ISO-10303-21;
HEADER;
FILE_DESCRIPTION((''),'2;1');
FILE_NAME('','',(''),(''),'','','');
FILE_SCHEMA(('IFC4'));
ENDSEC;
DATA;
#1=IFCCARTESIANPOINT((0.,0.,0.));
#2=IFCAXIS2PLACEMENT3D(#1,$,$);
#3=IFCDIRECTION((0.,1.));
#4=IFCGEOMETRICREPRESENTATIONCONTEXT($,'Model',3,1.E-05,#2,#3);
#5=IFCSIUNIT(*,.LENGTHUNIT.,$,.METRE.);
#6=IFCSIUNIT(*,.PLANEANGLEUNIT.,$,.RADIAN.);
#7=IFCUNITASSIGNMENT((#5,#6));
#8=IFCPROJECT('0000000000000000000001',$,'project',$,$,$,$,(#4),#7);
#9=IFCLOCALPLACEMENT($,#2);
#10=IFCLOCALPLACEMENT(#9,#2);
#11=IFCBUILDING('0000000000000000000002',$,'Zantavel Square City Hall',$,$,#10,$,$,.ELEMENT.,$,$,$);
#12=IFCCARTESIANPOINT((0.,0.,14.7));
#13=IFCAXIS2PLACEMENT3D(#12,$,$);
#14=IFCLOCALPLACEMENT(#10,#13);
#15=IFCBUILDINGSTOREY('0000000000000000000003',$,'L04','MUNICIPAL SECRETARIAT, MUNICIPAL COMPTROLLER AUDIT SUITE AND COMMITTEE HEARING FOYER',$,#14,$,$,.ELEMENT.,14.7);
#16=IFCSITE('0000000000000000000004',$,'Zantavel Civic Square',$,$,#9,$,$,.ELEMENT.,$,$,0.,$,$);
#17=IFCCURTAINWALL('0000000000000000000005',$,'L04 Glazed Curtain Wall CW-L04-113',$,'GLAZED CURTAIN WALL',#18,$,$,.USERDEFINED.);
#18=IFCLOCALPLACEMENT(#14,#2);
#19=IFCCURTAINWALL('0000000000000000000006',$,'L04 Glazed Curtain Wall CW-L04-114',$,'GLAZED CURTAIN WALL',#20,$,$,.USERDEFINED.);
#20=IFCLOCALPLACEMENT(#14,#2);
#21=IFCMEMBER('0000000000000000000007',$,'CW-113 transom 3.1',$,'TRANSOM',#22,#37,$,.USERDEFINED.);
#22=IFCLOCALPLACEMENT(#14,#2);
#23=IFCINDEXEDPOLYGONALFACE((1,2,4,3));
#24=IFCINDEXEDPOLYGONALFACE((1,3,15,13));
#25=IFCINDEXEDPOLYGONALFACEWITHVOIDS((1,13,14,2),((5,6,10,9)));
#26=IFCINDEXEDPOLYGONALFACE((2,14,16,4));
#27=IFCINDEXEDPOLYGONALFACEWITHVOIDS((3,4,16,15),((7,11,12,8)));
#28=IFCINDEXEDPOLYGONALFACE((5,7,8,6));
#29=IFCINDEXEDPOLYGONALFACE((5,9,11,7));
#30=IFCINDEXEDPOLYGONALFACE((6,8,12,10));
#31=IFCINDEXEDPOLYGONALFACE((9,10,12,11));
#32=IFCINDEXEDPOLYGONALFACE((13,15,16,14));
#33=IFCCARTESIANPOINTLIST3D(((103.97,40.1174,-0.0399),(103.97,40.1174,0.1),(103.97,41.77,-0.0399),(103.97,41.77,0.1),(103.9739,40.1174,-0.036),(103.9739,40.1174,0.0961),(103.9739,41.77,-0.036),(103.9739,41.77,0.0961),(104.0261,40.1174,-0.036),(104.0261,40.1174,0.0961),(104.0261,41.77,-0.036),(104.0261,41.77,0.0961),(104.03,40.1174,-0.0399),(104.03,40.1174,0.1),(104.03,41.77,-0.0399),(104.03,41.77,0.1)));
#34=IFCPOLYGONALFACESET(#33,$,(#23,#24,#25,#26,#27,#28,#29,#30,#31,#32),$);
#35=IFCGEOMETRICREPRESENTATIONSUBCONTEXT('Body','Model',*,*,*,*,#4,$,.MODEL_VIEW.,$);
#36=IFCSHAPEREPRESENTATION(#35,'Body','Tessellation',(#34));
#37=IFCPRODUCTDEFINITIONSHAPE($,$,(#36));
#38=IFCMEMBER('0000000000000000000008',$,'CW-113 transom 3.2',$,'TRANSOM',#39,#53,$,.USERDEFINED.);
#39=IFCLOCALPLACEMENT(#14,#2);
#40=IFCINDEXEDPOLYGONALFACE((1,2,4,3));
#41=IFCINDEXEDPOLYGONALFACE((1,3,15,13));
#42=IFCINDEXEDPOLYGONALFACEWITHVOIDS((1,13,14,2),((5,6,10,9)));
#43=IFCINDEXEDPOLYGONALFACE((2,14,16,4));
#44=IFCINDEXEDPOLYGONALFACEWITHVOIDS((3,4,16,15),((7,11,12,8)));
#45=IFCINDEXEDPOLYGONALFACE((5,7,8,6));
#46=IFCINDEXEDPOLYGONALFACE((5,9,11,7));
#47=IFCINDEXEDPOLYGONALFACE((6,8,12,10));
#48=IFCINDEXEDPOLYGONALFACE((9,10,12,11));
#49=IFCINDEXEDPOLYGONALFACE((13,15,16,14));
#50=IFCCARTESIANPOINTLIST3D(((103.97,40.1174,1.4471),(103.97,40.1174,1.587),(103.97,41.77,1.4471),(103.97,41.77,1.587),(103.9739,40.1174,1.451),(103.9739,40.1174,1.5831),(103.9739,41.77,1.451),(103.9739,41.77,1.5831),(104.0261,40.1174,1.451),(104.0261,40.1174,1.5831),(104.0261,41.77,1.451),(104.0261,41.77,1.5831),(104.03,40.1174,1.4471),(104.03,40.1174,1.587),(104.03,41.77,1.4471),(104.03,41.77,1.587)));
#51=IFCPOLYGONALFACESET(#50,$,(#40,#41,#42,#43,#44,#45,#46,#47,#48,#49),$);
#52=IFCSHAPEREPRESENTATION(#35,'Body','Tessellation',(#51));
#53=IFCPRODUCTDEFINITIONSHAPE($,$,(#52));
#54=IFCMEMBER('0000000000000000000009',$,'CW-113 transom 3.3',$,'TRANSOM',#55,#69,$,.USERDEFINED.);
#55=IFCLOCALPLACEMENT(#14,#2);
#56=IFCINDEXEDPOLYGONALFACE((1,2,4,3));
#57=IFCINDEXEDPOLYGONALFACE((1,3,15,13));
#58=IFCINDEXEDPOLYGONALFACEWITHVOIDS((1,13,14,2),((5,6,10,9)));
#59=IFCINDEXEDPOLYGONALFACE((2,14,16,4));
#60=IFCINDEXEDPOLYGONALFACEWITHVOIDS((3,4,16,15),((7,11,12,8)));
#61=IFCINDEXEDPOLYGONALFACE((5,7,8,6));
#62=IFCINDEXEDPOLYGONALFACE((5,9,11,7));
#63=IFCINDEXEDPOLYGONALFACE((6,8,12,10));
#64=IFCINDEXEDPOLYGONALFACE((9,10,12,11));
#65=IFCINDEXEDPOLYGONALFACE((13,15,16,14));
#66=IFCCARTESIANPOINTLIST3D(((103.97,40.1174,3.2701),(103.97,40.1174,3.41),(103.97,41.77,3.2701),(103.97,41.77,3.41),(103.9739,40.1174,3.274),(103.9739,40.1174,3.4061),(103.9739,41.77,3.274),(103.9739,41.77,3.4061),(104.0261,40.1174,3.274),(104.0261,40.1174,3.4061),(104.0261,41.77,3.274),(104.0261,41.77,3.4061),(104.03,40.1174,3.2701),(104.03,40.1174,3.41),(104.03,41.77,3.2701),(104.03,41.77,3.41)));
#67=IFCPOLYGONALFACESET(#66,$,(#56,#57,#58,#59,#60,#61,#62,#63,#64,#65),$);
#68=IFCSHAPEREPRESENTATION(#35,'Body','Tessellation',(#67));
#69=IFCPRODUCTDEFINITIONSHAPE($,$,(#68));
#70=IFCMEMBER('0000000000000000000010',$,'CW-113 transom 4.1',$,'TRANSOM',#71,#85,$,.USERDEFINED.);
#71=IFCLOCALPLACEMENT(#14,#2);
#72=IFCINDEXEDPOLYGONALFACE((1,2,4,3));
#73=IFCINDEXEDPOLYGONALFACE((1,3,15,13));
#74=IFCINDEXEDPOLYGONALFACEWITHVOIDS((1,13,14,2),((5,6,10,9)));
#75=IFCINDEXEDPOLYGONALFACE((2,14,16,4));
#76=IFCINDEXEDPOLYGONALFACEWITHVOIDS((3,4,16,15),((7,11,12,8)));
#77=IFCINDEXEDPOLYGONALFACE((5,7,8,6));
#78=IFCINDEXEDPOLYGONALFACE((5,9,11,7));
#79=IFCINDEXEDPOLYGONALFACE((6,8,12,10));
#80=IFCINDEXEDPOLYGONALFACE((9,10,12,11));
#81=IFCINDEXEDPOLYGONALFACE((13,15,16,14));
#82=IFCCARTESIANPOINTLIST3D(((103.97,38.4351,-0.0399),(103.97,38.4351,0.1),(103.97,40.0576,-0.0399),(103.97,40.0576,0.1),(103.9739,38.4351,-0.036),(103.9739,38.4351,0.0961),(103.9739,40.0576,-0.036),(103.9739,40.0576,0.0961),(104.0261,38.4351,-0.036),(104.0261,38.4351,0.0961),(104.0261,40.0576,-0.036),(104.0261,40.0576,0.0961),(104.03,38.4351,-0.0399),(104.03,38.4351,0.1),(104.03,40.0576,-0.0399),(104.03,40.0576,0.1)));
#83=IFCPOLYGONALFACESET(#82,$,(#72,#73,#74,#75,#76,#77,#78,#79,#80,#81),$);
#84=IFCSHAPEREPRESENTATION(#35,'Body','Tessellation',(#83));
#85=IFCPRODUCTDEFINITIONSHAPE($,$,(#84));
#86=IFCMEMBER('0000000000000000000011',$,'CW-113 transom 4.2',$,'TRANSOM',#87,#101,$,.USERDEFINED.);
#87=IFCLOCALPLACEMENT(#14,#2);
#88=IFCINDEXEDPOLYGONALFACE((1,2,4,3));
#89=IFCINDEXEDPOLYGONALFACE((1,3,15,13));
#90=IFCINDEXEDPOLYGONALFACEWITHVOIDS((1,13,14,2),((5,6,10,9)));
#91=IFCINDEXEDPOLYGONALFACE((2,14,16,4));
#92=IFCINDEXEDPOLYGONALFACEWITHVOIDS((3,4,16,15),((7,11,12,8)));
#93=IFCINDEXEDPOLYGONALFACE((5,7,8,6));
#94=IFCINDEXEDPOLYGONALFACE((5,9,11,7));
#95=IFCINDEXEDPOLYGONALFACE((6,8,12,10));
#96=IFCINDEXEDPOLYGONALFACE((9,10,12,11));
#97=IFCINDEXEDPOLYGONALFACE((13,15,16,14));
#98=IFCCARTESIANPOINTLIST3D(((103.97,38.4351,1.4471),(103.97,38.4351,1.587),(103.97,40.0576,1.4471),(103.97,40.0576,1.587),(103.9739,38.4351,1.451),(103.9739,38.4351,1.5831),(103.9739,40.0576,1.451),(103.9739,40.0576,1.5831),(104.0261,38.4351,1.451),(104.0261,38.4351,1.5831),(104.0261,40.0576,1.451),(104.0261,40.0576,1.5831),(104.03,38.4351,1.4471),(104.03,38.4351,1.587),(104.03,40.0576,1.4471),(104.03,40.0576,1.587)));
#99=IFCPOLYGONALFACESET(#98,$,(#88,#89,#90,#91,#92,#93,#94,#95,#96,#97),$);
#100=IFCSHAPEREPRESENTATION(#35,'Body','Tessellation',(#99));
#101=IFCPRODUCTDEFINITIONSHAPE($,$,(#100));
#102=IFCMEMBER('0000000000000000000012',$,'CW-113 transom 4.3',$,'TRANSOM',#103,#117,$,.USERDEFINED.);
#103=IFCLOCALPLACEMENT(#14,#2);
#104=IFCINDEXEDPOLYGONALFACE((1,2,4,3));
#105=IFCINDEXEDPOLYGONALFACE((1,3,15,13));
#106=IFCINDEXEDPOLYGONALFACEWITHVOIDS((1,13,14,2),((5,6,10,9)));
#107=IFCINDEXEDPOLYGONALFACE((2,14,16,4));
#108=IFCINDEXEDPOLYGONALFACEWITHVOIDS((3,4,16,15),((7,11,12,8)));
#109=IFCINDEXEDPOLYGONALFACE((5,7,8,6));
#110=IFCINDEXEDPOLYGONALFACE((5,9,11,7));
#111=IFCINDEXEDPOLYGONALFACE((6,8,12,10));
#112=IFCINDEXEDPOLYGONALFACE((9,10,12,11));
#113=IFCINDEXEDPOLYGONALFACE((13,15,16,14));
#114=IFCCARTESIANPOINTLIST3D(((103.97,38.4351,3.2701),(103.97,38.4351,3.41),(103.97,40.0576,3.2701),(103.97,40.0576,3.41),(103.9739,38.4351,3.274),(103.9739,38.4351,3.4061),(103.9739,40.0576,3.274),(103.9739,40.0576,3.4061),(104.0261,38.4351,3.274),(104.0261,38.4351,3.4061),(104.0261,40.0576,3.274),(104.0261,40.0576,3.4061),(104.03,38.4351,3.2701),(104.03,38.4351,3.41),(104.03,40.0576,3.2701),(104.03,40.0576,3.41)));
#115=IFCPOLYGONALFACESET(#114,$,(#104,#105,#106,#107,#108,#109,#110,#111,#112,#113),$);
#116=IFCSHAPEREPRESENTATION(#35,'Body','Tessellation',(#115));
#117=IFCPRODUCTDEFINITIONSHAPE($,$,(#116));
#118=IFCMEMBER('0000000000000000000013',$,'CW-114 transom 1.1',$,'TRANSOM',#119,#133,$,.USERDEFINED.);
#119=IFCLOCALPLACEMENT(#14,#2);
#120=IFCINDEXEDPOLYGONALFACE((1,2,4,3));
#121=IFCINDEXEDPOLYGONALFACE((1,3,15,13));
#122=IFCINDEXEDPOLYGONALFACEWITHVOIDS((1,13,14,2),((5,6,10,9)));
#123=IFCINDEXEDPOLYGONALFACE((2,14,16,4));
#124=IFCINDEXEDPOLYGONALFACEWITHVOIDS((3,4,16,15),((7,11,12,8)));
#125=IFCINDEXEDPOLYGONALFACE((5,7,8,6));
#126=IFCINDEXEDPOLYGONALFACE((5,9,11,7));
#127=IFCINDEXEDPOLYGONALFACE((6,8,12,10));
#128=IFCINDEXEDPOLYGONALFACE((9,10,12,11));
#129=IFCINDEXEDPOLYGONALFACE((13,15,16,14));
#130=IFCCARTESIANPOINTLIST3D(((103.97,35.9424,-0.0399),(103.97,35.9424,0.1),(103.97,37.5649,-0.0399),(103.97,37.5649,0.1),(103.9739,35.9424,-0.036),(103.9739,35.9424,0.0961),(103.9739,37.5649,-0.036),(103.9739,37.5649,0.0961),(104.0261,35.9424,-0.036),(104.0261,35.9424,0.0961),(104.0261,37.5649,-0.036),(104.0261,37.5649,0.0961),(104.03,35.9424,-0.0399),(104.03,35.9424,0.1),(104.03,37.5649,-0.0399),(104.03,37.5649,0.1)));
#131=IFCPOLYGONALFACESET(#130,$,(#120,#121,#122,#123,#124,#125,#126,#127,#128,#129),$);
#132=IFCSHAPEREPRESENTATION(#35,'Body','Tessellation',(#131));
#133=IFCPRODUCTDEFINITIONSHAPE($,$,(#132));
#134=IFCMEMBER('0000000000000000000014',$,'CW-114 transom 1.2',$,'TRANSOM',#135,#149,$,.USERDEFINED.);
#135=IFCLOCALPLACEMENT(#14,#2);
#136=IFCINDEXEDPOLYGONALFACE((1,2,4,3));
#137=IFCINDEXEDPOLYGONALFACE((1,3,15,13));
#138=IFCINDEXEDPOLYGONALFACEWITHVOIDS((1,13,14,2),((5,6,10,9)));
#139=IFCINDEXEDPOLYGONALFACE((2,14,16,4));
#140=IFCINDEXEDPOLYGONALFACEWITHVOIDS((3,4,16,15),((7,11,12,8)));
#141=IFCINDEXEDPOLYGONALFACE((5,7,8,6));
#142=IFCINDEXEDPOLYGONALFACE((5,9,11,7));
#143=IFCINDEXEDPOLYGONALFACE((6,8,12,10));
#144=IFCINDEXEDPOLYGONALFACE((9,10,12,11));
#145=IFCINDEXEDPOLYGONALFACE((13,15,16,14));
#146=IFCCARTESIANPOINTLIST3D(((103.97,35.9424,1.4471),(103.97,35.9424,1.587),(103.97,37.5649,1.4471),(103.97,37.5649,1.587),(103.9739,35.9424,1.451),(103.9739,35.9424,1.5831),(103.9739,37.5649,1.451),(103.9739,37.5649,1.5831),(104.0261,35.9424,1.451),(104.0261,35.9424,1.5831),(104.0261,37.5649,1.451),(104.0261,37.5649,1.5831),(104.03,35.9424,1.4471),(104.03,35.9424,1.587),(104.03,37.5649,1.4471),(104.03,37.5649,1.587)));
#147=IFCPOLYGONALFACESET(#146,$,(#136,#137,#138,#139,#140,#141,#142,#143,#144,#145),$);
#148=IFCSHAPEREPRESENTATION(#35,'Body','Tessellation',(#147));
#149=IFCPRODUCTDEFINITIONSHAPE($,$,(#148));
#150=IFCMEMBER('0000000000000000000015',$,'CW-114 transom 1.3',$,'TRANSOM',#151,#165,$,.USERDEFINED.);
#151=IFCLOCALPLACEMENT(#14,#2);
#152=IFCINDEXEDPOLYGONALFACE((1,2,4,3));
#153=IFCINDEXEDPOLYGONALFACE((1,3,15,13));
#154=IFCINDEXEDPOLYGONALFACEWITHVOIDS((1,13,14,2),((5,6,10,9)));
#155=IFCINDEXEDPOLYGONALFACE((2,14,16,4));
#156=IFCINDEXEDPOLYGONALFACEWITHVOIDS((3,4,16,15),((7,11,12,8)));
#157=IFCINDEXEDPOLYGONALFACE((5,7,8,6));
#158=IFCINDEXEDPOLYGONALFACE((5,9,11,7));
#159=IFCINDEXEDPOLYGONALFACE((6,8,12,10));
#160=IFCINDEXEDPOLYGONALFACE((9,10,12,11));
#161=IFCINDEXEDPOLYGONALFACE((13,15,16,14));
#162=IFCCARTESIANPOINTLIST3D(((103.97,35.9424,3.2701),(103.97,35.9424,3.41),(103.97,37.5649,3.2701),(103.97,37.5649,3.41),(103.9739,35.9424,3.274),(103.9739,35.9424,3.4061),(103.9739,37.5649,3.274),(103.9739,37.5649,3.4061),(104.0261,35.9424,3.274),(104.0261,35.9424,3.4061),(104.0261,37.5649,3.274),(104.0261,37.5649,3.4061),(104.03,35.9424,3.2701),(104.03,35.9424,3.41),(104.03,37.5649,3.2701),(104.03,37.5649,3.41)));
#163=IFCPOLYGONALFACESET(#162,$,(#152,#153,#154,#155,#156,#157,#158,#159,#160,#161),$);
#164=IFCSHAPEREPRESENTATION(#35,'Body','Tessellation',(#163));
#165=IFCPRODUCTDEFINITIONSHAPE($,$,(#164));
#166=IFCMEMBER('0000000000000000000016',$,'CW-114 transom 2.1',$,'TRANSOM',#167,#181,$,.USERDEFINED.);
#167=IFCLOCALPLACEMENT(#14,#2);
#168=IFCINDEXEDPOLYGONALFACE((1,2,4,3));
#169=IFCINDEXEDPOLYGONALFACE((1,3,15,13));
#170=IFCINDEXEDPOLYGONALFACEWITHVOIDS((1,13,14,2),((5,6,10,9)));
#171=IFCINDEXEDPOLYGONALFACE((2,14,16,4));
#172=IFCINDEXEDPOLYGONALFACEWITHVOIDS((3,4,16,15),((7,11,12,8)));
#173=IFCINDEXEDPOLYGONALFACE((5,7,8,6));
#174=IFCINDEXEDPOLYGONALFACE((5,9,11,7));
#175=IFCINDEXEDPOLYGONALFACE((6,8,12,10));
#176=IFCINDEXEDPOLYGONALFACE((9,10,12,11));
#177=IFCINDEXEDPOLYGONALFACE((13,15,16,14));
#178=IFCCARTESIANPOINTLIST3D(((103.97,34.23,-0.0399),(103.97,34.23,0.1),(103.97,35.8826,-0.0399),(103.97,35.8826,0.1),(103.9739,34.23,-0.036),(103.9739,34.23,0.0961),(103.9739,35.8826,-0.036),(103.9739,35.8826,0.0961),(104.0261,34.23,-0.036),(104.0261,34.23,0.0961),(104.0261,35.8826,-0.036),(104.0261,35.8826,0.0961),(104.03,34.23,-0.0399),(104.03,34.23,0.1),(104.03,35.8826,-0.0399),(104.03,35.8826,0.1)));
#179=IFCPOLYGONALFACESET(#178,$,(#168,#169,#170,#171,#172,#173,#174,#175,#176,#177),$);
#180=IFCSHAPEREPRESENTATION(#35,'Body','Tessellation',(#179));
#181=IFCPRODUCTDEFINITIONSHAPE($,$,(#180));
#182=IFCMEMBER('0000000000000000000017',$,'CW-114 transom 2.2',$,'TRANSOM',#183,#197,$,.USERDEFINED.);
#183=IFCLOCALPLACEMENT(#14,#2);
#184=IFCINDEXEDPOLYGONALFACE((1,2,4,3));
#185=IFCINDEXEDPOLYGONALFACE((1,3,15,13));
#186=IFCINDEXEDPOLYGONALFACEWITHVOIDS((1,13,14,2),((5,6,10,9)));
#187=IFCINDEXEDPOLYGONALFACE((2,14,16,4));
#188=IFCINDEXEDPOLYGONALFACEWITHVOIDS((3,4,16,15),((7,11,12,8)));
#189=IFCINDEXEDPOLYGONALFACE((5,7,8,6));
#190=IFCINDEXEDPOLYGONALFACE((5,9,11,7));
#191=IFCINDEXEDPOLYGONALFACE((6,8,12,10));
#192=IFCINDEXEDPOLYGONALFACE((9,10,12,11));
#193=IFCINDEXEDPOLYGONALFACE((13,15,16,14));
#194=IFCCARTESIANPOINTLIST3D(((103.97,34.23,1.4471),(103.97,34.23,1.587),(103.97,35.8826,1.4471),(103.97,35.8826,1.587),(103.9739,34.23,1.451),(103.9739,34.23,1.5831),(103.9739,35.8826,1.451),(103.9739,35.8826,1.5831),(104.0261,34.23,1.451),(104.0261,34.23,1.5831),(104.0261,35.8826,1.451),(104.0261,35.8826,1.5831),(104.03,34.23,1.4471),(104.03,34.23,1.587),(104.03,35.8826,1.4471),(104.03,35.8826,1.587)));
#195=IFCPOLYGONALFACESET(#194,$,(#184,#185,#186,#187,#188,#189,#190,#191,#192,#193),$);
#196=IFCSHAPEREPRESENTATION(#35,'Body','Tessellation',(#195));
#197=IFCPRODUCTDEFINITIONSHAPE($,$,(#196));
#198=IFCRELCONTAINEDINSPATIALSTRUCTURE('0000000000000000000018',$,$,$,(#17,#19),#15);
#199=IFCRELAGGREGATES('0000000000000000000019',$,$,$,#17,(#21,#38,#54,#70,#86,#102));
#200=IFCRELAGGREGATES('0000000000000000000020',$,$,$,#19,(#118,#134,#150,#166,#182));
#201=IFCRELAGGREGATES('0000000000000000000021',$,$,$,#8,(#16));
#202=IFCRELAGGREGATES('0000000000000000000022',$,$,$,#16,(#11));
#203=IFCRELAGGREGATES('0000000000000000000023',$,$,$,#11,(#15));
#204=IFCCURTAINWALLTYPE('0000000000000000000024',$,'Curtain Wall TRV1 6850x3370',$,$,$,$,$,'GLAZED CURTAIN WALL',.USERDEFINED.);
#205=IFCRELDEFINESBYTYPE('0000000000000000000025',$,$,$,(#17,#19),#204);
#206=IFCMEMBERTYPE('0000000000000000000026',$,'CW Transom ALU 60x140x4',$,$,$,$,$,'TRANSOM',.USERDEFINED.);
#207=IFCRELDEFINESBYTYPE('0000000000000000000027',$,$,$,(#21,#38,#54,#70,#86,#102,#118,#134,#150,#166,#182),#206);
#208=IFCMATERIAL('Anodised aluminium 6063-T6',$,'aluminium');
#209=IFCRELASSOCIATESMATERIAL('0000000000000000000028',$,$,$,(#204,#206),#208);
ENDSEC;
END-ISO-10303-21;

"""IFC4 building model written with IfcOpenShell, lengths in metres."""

from ifc_helpers import new_model, si_unit, direction, frame, origin, origin_2d, place, context, subcontext, project, spatial, hollow_rectangle, extrude, material, material_profile, profile_set, type_object, element, aggregate, save


model = new_model("IFC4")

# Units and contexts
model_context = context("Model", 3, precision=1e-05, world=origin(), true_north=direction((0.0, 1.0)))
body_context = subcontext(model_context, "Body", "Model", "MODEL_VIEW")
ifc_project = project(units=[si_unit("LENGTHUNIT", "METRE"), si_unit("PLANEANGLEUNIT", "RADIAN")], contexts=[model_context])

# Site, building, storey
site_placement = place(None, origin())
site = spatial("IfcSite", under=ifc_project, at=site_placement, Name="Zantavel Civic Square", CompositionType="ELEMENT", RefElevation=0.0)
building_placement = place(site_placement, origin())
building = spatial("IfcBuilding", under=site, at=building_placement, Name="Zantavel Square City Hall", CompositionType="ELEMENT")
storey_placement = place(building_placement, frame((0.0, 0.0, 14.7)))
storey = spatial("IfcBuildingStorey", under=building, at=storey_placement, Name="L04", Description="MUNICIPAL SECRETARIAT, MUNICIPAL COMPTROLLER AUDIT SUITE AND COMMITTEE HEARING FOYER", CompositionType="ELEMENT", Elevation=14.7)

# Curtain walls
ifc_material_1 = material(Name="Anodised aluminium 6063-T6", Category="aluminium")
curtain_wall_type = type_object("IfcCurtainWallType", Name="Curtain Wall TRV1 6850x3370", ElementType="GLAZED CURTAIN WALL", PredefinedType="USERDEFINED", material=ifc_material_1)
curtain_wall_1_placement = place(storey_placement, origin())
curtain_wall_1 = element("IfcCurtainWall", 1, at=curtain_wall_1_placement, inside=storey, type_object=curtain_wall_type, Name="L04 Glazed Curtain Wall CW-L04-113", ObjectType="GLAZED CURTAIN WALL", PredefinedType="USERDEFINED")
curtain_wall_2_placement = place(storey_placement, origin())
curtain_wall_2 = element("IfcCurtainWall", 2, at=curtain_wall_2_placement, inside=storey, type_object=curtain_wall_type, Name="L04 Glazed Curtain Wall CW-L04-114", ObjectType="GLAZED CURTAIN WALL", PredefinedType="USERDEFINED")

# Members
ifc_material_profile_1 = material_profile(ifc_material_1, hollow_rectangle(XDim=0.0601, YDim=0.1399, WallThickness=0.0039, at=origin_2d()), Name="ALU 60x140x4")
ifc_profile_set_1 = profile_set([ifc_material_profile_1], Name="Anodised aluminium 6063-T6")
member_type_1 = type_object("IfcMemberType", Name="CW Transom ALU 60x140x4", ElementType="TRANSOM", PredefinedType="USERDEFINED", material=ifc_profile_set_1)
member_1_placement = place(storey_placement, frame((104.0, 41.77, 0.03), z_axis=(0.0, -1.0, 0.0), x_axis=(1.0, 0.0, 0.0)))
member_1 = element("IfcMember", 3, at=member_1_placement, type_object=member_type_1, Name="CW-113 transom 3.1", ObjectType="TRANSOM", PredefinedType="USERDEFINED", context=body_context, shape_type="SweptSolid", body=[
    extrude(hollow_rectangle(XDim=0.0601, YDim=0.1399, WallThickness=0.0039, at=origin_2d()), origin(), (0.0, 0.0, 1.0), 1.6526),
])
member_2_placement = place(storey_placement, frame((104.0, 41.77, 1.5171), z_axis=(0.0, -1.0, 0.0), x_axis=(1.0, 0.0, 0.0)))
member_2 = element("IfcMember", 4, at=member_2_placement, type_object=member_type_1, Name="CW-113 transom 3.2", ObjectType="TRANSOM", PredefinedType="USERDEFINED", context=body_context, shape_type="SweptSolid", body=[
    extrude(hollow_rectangle(XDim=0.0601, YDim=0.1399, WallThickness=0.0039, at=origin_2d()), origin(), (0.0, 0.0, 1.0), 1.6526),
])
member_3_placement = place(storey_placement, frame((104.0, 41.77, 3.3401), z_axis=(0.0, -1.0, 0.0), x_axis=(1.0, 0.0, 0.0)))
member_3 = element("IfcMember", 5, at=member_3_placement, type_object=member_type_1, Name="CW-113 transom 3.3", ObjectType="TRANSOM", PredefinedType="USERDEFINED", context=body_context, shape_type="SweptSolid", body=[
    extrude(hollow_rectangle(XDim=0.0601, YDim=0.1399, WallThickness=0.0039, at=origin_2d()), origin(), (0.0, 0.0, 1.0), 1.6526),
])
member_4_placement = place(storey_placement, frame((104.0, 40.0576, 0.03), z_axis=(0.0, -1.0, 0.0), x_axis=(1.0, 0.0, 0.0)))
member_4 = element("IfcMember", 6, at=member_4_placement, type_object=member_type_1, Name="CW-113 transom 4.1", ObjectType="TRANSOM", PredefinedType="USERDEFINED", context=body_context, shape_type="SweptSolid", body=[
    extrude(hollow_rectangle(XDim=0.0601, YDim=0.1399, WallThickness=0.0039, at=origin_2d()), origin(), (0.0, 0.0, 1.0), 1.6226),
])
member_5_placement = place(storey_placement, frame((104.0, 40.0576, 1.5171), z_axis=(0.0, -1.0, 0.0), x_axis=(1.0, 0.0, 0.0)))
member_5 = element("IfcMember", 7, at=member_5_placement, type_object=member_type_1, Name="CW-113 transom 4.2", ObjectType="TRANSOM", PredefinedType="USERDEFINED", context=body_context, shape_type="SweptSolid", body=[
    extrude(hollow_rectangle(XDim=0.0601, YDim=0.1399, WallThickness=0.0039, at=origin_2d()), origin(), (0.0, 0.0, 1.0), 1.6226),
])
member_6_placement = place(storey_placement, frame((104.0, 40.0576, 3.3401), z_axis=(0.0, -1.0, 0.0), x_axis=(1.0, 0.0, 0.0)))
member_6 = element("IfcMember", 8, at=member_6_placement, type_object=member_type_1, Name="CW-113 transom 4.3", ObjectType="TRANSOM", PredefinedType="USERDEFINED", context=body_context, shape_type="SweptSolid", body=[
    extrude(hollow_rectangle(XDim=0.0601, YDim=0.1399, WallThickness=0.0039, at=origin_2d()), origin(), (0.0, 0.0, 1.0), 1.6226),
])
member_7_placement = place(storey_placement, frame((104.0, 37.5649, 0.03), z_axis=(0.0, -1.0, 0.0), x_axis=(1.0, 0.0, 0.0)))
member_7 = element("IfcMember", 9, at=member_7_placement, type_object=member_type_1, Name="CW-114 transom 1.1", ObjectType="TRANSOM", PredefinedType="USERDEFINED", context=body_context, shape_type="SweptSolid", body=[
    extrude(hollow_rectangle(XDim=0.0601, YDim=0.1399, WallThickness=0.0039, at=origin_2d()), origin(), (0.0, 0.0, 1.0), 1.6226),
])
member_8_placement = place(storey_placement, frame((104.0, 37.5649, 1.5171), z_axis=(0.0, -1.0, 0.0), x_axis=(1.0, 0.0, 0.0)))
member_8 = element("IfcMember", 10, at=member_8_placement, type_object=member_type_1, Name="CW-114 transom 1.2", ObjectType="TRANSOM", PredefinedType="USERDEFINED", context=body_context, shape_type="SweptSolid", body=[
    extrude(hollow_rectangle(XDim=0.0601, YDim=0.1399, WallThickness=0.0039, at=origin_2d()), origin(), (0.0, 0.0, 1.0), 1.6226),
])
member_9_placement = place(storey_placement, frame((104.0, 37.5649, 3.3401), z_axis=(0.0, -1.0, 0.0), x_axis=(1.0, 0.0, 0.0)))
member_9 = element("IfcMember", 11, at=member_9_placement, type_object=member_type_1, Name="CW-114 transom 1.3", ObjectType="TRANSOM", PredefinedType="USERDEFINED", context=body_context, shape_type="SweptSolid", body=[
    extrude(hollow_rectangle(XDim=0.0601, YDim=0.1399, WallThickness=0.0039, at=origin_2d()), origin(), (0.0, 0.0, 1.0), 1.6226),
])
member_10_placement = place(storey_placement, frame((104.0, 35.8826, 0.03), z_axis=(0.0, -1.0, 0.0), x_axis=(1.0, 0.0, 0.0)))
member_10 = element("IfcMember", 12, at=member_10_placement, type_object=member_type_1, Name="CW-114 transom 2.1", ObjectType="TRANSOM", PredefinedType="USERDEFINED", context=body_context, shape_type="SweptSolid", body=[
    extrude(hollow_rectangle(XDim=0.0601, YDim=0.1399, WallThickness=0.0039, at=origin_2d()), origin(), (0.0, 0.0, 1.0), 1.6526),
])
member_11_placement = place(storey_placement, frame((104.0, 35.8826, 1.5171), z_axis=(0.0, -1.0, 0.0), x_axis=(1.0, 0.0, 0.0)))
member_11 = element("IfcMember", 13, at=member_11_placement, type_object=member_type_1, Name="CW-114 transom 2.2", ObjectType="TRANSOM", PredefinedType="USERDEFINED", context=body_context, shape_type="SweptSolid", body=[
    extrude(hollow_rectangle(XDim=0.0601, YDim=0.1399, WallThickness=0.0039, at=origin_2d()), origin(), (0.0, 0.0, 1.0), 1.6526),
])

aggregate(curtain_wall_1, [member_1, member_2, member_3, member_4, member_5, member_6])
aggregate(curtain_wall_2, [member_7, member_8, member_9, member_10, member_11])

save(model, "model.ifc")
